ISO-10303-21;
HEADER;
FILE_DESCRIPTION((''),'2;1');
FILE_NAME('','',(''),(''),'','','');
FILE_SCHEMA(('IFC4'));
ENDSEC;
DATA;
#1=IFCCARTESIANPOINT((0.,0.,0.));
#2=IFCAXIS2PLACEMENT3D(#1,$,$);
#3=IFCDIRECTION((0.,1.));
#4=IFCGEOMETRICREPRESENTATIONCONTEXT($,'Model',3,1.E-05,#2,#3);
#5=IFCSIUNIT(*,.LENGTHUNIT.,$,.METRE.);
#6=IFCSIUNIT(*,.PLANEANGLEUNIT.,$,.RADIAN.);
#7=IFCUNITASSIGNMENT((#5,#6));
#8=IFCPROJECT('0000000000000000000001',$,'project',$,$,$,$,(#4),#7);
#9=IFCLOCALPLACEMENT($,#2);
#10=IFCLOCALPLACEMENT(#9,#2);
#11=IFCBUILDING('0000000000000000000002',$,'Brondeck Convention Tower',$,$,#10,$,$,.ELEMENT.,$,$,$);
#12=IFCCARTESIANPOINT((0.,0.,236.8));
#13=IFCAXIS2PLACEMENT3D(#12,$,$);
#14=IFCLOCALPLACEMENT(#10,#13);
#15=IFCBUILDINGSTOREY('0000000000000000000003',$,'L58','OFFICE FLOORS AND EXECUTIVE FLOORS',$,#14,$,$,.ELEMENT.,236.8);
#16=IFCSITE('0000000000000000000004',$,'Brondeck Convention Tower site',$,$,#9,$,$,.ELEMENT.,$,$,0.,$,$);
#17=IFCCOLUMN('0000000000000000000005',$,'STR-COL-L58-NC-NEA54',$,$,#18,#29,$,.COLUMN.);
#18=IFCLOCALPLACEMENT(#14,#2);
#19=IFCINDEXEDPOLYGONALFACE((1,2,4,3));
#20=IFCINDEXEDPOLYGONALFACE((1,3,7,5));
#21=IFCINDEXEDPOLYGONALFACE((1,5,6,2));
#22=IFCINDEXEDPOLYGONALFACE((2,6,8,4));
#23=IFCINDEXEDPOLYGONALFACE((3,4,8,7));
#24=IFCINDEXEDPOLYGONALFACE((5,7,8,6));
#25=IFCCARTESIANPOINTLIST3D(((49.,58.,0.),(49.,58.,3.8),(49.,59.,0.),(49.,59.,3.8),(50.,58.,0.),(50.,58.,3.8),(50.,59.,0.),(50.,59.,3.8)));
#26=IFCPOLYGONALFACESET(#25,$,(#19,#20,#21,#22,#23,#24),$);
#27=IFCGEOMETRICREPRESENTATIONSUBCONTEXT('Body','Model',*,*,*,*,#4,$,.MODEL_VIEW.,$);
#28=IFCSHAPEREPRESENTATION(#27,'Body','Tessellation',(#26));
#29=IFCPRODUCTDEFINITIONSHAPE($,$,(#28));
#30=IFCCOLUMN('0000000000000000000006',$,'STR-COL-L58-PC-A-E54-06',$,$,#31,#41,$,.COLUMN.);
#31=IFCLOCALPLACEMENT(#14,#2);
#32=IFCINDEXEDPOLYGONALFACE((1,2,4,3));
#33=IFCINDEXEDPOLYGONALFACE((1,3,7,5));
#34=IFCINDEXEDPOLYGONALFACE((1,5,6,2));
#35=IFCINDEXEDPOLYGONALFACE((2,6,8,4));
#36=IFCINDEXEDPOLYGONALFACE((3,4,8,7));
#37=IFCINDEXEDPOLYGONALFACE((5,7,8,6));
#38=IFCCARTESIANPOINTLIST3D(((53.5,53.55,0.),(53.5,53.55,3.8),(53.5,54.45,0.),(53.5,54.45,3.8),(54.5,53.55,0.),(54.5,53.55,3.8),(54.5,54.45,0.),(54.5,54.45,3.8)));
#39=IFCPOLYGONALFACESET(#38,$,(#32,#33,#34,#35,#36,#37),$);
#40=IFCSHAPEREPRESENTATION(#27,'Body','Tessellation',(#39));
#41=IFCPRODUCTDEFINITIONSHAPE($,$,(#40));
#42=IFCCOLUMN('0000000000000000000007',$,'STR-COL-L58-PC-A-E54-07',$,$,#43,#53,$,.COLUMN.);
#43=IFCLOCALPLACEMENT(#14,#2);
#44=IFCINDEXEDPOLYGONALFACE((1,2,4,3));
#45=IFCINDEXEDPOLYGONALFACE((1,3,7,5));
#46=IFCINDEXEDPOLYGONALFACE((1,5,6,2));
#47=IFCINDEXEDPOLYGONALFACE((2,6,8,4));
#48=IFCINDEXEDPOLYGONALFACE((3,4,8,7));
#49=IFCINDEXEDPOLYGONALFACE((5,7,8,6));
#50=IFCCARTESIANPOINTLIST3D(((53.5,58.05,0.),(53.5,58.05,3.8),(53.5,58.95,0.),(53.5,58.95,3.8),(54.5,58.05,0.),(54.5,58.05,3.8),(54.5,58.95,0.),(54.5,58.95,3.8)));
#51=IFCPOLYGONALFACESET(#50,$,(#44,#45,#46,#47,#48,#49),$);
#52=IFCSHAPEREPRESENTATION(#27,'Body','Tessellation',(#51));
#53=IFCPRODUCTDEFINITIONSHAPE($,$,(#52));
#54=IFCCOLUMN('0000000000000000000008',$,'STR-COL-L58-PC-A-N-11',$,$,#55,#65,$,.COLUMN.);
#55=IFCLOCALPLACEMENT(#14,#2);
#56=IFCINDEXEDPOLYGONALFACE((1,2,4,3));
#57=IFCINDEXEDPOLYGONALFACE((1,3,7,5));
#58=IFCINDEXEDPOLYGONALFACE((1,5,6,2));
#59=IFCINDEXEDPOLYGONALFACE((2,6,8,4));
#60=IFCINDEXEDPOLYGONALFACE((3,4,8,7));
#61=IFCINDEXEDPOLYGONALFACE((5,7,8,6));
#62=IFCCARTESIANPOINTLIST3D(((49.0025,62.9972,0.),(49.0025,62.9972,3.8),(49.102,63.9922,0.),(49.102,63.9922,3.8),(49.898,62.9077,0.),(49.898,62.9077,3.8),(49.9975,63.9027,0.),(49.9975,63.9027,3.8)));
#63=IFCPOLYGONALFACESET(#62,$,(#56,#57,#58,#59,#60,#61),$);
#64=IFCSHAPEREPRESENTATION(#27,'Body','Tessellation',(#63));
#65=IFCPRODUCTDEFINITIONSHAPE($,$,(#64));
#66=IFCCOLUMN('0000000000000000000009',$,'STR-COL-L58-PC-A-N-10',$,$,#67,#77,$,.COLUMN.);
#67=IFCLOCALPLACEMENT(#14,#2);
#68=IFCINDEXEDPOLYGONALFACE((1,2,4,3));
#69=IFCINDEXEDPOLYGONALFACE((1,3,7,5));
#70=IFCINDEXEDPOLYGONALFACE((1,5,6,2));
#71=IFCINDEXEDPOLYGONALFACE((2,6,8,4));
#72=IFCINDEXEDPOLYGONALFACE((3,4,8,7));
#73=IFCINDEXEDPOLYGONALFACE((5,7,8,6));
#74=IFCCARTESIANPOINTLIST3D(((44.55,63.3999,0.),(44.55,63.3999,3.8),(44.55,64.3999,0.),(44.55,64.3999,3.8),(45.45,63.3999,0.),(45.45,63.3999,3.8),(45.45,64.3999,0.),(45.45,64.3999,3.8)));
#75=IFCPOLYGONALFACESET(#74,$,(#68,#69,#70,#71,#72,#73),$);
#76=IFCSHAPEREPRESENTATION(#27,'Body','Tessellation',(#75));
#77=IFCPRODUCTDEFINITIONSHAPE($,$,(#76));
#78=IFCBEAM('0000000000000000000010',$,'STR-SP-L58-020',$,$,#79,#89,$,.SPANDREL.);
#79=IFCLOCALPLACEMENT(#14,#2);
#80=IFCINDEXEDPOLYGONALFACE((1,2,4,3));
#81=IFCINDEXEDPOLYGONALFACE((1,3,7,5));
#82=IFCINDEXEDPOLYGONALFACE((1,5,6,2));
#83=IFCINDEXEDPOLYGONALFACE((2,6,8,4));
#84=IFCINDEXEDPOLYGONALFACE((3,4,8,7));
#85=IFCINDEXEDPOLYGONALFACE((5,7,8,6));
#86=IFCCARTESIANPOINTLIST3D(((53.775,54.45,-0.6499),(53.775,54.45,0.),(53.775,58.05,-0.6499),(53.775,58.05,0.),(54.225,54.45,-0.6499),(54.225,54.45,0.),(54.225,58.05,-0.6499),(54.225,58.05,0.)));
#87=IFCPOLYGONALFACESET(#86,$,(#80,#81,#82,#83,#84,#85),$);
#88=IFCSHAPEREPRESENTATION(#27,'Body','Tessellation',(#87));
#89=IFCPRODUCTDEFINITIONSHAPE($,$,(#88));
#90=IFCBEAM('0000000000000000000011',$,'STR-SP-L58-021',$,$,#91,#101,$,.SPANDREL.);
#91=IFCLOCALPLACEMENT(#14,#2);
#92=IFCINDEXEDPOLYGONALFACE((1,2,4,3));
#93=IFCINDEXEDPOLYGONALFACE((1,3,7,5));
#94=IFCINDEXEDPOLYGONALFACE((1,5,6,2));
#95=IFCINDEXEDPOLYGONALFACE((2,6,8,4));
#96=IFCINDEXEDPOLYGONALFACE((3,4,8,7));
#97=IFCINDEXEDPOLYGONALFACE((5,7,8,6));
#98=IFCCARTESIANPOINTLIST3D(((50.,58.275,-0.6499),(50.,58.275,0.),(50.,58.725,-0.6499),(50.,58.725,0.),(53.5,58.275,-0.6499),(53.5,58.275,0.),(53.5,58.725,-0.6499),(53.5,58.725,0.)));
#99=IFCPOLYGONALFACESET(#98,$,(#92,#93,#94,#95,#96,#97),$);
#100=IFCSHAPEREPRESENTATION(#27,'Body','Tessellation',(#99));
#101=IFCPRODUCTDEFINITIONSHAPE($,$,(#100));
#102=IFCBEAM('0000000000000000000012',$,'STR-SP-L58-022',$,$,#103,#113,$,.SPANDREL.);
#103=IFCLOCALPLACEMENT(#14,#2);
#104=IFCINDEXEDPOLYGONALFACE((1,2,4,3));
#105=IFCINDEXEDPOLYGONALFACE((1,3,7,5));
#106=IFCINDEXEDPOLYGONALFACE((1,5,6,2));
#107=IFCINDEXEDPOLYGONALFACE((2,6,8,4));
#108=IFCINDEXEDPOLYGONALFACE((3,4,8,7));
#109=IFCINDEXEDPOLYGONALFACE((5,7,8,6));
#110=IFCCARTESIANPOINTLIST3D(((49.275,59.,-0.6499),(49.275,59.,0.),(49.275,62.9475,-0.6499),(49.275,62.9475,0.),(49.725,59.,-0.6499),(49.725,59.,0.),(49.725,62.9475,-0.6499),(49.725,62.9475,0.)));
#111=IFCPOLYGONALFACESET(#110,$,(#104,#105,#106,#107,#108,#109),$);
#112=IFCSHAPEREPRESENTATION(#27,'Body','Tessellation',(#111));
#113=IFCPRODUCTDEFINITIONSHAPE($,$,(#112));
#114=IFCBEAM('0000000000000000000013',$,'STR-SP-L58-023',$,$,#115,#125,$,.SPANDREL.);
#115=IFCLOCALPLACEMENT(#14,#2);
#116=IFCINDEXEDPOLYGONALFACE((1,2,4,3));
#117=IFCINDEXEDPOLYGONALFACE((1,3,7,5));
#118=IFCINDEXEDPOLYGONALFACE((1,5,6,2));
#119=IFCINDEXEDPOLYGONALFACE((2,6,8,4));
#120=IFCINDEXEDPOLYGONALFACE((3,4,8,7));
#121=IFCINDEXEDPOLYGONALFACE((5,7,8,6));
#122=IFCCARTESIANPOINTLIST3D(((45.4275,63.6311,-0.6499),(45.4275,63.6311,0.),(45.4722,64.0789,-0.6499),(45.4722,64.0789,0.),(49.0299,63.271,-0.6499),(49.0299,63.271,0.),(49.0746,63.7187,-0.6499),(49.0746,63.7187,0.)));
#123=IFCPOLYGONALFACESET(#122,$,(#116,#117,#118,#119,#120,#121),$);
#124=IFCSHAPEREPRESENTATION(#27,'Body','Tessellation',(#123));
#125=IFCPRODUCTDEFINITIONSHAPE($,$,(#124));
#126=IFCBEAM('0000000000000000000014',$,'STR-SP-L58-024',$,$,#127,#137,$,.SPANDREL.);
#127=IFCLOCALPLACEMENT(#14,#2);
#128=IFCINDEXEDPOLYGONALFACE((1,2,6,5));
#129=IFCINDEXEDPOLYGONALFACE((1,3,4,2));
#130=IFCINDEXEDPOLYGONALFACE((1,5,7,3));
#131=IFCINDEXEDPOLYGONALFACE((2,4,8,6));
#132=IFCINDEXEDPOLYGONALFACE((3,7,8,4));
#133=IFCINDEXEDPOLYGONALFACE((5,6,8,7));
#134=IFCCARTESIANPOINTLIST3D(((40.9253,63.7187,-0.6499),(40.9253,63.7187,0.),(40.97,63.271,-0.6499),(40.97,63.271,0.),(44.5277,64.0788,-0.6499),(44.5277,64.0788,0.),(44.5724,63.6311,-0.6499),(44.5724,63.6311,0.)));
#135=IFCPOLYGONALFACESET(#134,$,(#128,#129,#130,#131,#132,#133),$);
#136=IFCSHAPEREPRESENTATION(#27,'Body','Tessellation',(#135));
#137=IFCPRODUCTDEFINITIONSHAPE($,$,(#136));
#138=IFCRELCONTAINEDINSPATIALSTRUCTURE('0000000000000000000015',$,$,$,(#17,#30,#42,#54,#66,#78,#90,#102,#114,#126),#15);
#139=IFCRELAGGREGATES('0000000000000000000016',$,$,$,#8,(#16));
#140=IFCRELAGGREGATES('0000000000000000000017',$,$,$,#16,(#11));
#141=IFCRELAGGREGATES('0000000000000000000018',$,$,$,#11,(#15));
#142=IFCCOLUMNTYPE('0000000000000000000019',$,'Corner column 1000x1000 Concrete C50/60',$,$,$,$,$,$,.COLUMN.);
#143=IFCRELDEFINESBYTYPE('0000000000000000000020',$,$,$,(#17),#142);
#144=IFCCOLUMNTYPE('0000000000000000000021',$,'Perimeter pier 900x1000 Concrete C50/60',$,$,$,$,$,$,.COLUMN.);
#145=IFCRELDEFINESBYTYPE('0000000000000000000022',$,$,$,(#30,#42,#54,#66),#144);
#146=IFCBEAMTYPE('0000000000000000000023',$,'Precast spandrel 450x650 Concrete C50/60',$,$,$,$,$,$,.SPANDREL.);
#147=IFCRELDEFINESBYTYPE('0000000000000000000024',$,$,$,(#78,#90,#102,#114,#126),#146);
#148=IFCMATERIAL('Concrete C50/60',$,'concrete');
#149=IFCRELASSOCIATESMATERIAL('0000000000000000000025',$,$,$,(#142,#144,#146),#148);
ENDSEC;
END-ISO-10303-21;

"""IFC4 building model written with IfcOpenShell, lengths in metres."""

from ifc_helpers import new_model, si_unit, direction, frame, origin, origin_2d, place, context, subcontext, project, spatial, rectangle, extrude, material, material_profile, profile_set, type_object, element, save


model = new_model("IFC4")

# Units and contexts
model_context = context("Model", 3, precision=1e-05, world=origin(), true_north=direction((0.0, 1.0)))
body_context = subcontext(model_context, "Body", "Model", "MODEL_VIEW")
ifc_project = project(units=[si_unit("LENGTHUNIT", "METRE"), si_unit("PLANEANGLEUNIT", "RADIAN")], contexts=[model_context])

# Site, building, storey
site_placement = place(None, origin())
site = spatial("IfcSite", under=ifc_project, at=site_placement, Name="Brondeck Convention Tower site", CompositionType="ELEMENT", RefElevation=0.0)
building_placement = place(site_placement, origin())
building = spatial("IfcBuilding", under=site, at=building_placement, Name="Brondeck Convention Tower", CompositionType="ELEMENT")
storey_placement = place(building_placement, frame((0.0, 0.0, 236.8)))
storey = spatial("IfcBuildingStorey", under=building, at=storey_placement, Name="L58", Description="OFFICE FLOORS AND EXECUTIVE FLOORS", CompositionType="ELEMENT", Elevation=236.8)

# Columns
ifc_material_1 = material(Name="Concrete C50/60", Category="concrete")
ifc_material_profile_1 = material_profile(ifc_material_1, rectangle(XDim=1.0, YDim=1.0, at=origin_2d()), Name="Corner column 1000x1000 Concrete C50/60")
ifc_profile_set_1 = profile_set([ifc_material_profile_1], Name="Concrete C50/60")
column_type_1 = type_object("IfcColumnType", Name="Corner column 1000x1000 Concrete C50/60", PredefinedType="COLUMN", material=ifc_profile_set_1)
column_placement = place(storey_placement, frame((49.5, 58.5, 0.0), z_axis=(0.0, 0.0, 1.0), x_axis=(1.0, 0.0, 0.0)))
element("IfcColumn", 1, at=column_placement, inside=storey, type_object=column_type_1, Name="STR-COL-L58-NC-NEA54", PredefinedType="COLUMN", context=body_context, shape_type="SweptSolid", body=[
    extrude(rectangle(XDim=1.0, YDim=1.0, at=origin_2d()), origin(), (0.0, 0.0, 1.0), 3.8),
])
ifc_material_profile_2 = material_profile(ifc_material_1, rectangle(XDim=0.8999, YDim=1.0, at=origin_2d()), Name="Perimeter pier 900x1000 Concrete C50/60")
ifc_profile_set_2 = profile_set([ifc_material_profile_2], Name="Concrete C50/60")
column_type_2 = type_object("IfcColumnType", Name="Perimeter pier 900x1000 Concrete C50/60", PredefinedType="COLUMN", material=ifc_profile_set_2)
for number, where, z_axis, x_axis, name in (
    (2, (54.0, 54.0, 0.0), (0.0, 0.0, 1.0), (0.0, 1.0, 0.0), "STR-COL-L58-PC-A-E54-06"),
    (3, (54.0, 58.5, 0.0), (0.0, 0.0, 1.0), (0.0, 1.0, 0.0), "STR-COL-L58-PC-A-E54-07"),
    (4, (49.5, 63.45, 0.0), (0.0, 0.0, 1.0), (-0.995037, 0.099504, 0.0), "STR-COL-L58-PC-A-N-11"),
    (5, (45.0, 63.8999, 0.0), (0.0, 0.0, 1.0), (-1.0, 0.0, 0.0), "STR-COL-L58-PC-A-N-10"),
):
    element("IfcColumn", number, at=place(storey_placement, frame(where, z_axis=z_axis, x_axis=x_axis)), inside=storey, type_object=column_type_2, Name=name, PredefinedType="COLUMN", context=body_context, shape_type="SweptSolid", body=[
        extrude(rectangle(XDim=0.8999, YDim=1.0, at=origin_2d()), origin(), (0.0, 0.0, 1.0), 3.8),
    ])

# Beams
ifc_material_profile_3 = material_profile(ifc_material_1, rectangle(XDim=0.45, YDim=0.6499, at=origin_2d()), Name="Precast spandrel 450x650 Concrete C50/60")
ifc_profile_set_3 = profile_set([ifc_material_profile_3], Name="Concrete C50/60")
beam_type = type_object("IfcBeamType", Name="Precast spandrel 450x650 Concrete C50/60", PredefinedType="SPANDREL", material=ifc_profile_set_3)
beam_1_placement = place(storey_placement, frame((54.0, 54.45, -0.325), z_axis=(0.0, 1.0, 0.0), x_axis=(-1.0, 0.0, 0.0)))
element("IfcBeam", 6, at=beam_1_placement, inside=storey, type_object=beam_type, Name="STR-SP-L58-020", PredefinedType="SPANDREL", context=body_context, shape_type="SweptSolid", body=[
    extrude(rectangle(XDim=0.45, YDim=0.6499, at=origin_2d()), origin(), (0.0, 0.0, 1.0), 3.6001),
])
beam_2_placement = place(storey_placement, frame((53.5, 58.5, -0.325), z_axis=(-1.0, 0.0, 0.0), x_axis=(0.0, -1.0, 0.0)))
element("IfcBeam", 7, at=beam_2_placement, inside=storey, type_object=beam_type, Name="STR-SP-L58-021", PredefinedType="SPANDREL", context=body_context, shape_type="SweptSolid", body=[
    extrude(rectangle(XDim=0.45, YDim=0.6499, at=origin_2d()), origin(), (0.0, 0.0, 1.0), 3.5),
])
beam_3_placement = place(storey_placement, frame((49.5, 59.0, -0.325), z_axis=(0.0, 1.0, 0.0), x_axis=(-1.0, 0.0, 0.0)))
element("IfcBeam", 8, at=beam_3_placement, inside=storey, type_object=beam_type, Name="STR-SP-L58-022", PredefinedType="SPANDREL", context=body_context, shape_type="SweptSolid", body=[
    extrude(rectangle(XDim=0.45, YDim=0.6499, at=origin_2d()), origin(), (0.0, 0.0, 1.0), 3.9475),
])
for number, where, z_axis, x_axis, name in (
    (9, (49.0522, 63.4949, -0.325), (-0.995041, 0.09947, 0.0), (-0.09947, -0.995041, 0.0), "STR-SP-L58-023"),
    (10, (44.55, 63.855, -0.325), (-0.995041, -0.09947, 0.0), (0.09947, -0.995041, 0.0), "STR-SP-L58-024"),
):
    element("IfcBeam", number, at=place(storey_placement, frame(where, z_axis=z_axis, x_axis=x_axis)), inside=storey, type_object=beam_type, Name=name, PredefinedType="SPANDREL", context=body_context, shape_type="SweptSolid", body=[
        extrude(rectangle(XDim=0.45, YDim=0.6499, at=origin_2d()), origin(), (0.0, 0.0, 1.0), 3.6204),
    ])

save(model, "model.ifc")
